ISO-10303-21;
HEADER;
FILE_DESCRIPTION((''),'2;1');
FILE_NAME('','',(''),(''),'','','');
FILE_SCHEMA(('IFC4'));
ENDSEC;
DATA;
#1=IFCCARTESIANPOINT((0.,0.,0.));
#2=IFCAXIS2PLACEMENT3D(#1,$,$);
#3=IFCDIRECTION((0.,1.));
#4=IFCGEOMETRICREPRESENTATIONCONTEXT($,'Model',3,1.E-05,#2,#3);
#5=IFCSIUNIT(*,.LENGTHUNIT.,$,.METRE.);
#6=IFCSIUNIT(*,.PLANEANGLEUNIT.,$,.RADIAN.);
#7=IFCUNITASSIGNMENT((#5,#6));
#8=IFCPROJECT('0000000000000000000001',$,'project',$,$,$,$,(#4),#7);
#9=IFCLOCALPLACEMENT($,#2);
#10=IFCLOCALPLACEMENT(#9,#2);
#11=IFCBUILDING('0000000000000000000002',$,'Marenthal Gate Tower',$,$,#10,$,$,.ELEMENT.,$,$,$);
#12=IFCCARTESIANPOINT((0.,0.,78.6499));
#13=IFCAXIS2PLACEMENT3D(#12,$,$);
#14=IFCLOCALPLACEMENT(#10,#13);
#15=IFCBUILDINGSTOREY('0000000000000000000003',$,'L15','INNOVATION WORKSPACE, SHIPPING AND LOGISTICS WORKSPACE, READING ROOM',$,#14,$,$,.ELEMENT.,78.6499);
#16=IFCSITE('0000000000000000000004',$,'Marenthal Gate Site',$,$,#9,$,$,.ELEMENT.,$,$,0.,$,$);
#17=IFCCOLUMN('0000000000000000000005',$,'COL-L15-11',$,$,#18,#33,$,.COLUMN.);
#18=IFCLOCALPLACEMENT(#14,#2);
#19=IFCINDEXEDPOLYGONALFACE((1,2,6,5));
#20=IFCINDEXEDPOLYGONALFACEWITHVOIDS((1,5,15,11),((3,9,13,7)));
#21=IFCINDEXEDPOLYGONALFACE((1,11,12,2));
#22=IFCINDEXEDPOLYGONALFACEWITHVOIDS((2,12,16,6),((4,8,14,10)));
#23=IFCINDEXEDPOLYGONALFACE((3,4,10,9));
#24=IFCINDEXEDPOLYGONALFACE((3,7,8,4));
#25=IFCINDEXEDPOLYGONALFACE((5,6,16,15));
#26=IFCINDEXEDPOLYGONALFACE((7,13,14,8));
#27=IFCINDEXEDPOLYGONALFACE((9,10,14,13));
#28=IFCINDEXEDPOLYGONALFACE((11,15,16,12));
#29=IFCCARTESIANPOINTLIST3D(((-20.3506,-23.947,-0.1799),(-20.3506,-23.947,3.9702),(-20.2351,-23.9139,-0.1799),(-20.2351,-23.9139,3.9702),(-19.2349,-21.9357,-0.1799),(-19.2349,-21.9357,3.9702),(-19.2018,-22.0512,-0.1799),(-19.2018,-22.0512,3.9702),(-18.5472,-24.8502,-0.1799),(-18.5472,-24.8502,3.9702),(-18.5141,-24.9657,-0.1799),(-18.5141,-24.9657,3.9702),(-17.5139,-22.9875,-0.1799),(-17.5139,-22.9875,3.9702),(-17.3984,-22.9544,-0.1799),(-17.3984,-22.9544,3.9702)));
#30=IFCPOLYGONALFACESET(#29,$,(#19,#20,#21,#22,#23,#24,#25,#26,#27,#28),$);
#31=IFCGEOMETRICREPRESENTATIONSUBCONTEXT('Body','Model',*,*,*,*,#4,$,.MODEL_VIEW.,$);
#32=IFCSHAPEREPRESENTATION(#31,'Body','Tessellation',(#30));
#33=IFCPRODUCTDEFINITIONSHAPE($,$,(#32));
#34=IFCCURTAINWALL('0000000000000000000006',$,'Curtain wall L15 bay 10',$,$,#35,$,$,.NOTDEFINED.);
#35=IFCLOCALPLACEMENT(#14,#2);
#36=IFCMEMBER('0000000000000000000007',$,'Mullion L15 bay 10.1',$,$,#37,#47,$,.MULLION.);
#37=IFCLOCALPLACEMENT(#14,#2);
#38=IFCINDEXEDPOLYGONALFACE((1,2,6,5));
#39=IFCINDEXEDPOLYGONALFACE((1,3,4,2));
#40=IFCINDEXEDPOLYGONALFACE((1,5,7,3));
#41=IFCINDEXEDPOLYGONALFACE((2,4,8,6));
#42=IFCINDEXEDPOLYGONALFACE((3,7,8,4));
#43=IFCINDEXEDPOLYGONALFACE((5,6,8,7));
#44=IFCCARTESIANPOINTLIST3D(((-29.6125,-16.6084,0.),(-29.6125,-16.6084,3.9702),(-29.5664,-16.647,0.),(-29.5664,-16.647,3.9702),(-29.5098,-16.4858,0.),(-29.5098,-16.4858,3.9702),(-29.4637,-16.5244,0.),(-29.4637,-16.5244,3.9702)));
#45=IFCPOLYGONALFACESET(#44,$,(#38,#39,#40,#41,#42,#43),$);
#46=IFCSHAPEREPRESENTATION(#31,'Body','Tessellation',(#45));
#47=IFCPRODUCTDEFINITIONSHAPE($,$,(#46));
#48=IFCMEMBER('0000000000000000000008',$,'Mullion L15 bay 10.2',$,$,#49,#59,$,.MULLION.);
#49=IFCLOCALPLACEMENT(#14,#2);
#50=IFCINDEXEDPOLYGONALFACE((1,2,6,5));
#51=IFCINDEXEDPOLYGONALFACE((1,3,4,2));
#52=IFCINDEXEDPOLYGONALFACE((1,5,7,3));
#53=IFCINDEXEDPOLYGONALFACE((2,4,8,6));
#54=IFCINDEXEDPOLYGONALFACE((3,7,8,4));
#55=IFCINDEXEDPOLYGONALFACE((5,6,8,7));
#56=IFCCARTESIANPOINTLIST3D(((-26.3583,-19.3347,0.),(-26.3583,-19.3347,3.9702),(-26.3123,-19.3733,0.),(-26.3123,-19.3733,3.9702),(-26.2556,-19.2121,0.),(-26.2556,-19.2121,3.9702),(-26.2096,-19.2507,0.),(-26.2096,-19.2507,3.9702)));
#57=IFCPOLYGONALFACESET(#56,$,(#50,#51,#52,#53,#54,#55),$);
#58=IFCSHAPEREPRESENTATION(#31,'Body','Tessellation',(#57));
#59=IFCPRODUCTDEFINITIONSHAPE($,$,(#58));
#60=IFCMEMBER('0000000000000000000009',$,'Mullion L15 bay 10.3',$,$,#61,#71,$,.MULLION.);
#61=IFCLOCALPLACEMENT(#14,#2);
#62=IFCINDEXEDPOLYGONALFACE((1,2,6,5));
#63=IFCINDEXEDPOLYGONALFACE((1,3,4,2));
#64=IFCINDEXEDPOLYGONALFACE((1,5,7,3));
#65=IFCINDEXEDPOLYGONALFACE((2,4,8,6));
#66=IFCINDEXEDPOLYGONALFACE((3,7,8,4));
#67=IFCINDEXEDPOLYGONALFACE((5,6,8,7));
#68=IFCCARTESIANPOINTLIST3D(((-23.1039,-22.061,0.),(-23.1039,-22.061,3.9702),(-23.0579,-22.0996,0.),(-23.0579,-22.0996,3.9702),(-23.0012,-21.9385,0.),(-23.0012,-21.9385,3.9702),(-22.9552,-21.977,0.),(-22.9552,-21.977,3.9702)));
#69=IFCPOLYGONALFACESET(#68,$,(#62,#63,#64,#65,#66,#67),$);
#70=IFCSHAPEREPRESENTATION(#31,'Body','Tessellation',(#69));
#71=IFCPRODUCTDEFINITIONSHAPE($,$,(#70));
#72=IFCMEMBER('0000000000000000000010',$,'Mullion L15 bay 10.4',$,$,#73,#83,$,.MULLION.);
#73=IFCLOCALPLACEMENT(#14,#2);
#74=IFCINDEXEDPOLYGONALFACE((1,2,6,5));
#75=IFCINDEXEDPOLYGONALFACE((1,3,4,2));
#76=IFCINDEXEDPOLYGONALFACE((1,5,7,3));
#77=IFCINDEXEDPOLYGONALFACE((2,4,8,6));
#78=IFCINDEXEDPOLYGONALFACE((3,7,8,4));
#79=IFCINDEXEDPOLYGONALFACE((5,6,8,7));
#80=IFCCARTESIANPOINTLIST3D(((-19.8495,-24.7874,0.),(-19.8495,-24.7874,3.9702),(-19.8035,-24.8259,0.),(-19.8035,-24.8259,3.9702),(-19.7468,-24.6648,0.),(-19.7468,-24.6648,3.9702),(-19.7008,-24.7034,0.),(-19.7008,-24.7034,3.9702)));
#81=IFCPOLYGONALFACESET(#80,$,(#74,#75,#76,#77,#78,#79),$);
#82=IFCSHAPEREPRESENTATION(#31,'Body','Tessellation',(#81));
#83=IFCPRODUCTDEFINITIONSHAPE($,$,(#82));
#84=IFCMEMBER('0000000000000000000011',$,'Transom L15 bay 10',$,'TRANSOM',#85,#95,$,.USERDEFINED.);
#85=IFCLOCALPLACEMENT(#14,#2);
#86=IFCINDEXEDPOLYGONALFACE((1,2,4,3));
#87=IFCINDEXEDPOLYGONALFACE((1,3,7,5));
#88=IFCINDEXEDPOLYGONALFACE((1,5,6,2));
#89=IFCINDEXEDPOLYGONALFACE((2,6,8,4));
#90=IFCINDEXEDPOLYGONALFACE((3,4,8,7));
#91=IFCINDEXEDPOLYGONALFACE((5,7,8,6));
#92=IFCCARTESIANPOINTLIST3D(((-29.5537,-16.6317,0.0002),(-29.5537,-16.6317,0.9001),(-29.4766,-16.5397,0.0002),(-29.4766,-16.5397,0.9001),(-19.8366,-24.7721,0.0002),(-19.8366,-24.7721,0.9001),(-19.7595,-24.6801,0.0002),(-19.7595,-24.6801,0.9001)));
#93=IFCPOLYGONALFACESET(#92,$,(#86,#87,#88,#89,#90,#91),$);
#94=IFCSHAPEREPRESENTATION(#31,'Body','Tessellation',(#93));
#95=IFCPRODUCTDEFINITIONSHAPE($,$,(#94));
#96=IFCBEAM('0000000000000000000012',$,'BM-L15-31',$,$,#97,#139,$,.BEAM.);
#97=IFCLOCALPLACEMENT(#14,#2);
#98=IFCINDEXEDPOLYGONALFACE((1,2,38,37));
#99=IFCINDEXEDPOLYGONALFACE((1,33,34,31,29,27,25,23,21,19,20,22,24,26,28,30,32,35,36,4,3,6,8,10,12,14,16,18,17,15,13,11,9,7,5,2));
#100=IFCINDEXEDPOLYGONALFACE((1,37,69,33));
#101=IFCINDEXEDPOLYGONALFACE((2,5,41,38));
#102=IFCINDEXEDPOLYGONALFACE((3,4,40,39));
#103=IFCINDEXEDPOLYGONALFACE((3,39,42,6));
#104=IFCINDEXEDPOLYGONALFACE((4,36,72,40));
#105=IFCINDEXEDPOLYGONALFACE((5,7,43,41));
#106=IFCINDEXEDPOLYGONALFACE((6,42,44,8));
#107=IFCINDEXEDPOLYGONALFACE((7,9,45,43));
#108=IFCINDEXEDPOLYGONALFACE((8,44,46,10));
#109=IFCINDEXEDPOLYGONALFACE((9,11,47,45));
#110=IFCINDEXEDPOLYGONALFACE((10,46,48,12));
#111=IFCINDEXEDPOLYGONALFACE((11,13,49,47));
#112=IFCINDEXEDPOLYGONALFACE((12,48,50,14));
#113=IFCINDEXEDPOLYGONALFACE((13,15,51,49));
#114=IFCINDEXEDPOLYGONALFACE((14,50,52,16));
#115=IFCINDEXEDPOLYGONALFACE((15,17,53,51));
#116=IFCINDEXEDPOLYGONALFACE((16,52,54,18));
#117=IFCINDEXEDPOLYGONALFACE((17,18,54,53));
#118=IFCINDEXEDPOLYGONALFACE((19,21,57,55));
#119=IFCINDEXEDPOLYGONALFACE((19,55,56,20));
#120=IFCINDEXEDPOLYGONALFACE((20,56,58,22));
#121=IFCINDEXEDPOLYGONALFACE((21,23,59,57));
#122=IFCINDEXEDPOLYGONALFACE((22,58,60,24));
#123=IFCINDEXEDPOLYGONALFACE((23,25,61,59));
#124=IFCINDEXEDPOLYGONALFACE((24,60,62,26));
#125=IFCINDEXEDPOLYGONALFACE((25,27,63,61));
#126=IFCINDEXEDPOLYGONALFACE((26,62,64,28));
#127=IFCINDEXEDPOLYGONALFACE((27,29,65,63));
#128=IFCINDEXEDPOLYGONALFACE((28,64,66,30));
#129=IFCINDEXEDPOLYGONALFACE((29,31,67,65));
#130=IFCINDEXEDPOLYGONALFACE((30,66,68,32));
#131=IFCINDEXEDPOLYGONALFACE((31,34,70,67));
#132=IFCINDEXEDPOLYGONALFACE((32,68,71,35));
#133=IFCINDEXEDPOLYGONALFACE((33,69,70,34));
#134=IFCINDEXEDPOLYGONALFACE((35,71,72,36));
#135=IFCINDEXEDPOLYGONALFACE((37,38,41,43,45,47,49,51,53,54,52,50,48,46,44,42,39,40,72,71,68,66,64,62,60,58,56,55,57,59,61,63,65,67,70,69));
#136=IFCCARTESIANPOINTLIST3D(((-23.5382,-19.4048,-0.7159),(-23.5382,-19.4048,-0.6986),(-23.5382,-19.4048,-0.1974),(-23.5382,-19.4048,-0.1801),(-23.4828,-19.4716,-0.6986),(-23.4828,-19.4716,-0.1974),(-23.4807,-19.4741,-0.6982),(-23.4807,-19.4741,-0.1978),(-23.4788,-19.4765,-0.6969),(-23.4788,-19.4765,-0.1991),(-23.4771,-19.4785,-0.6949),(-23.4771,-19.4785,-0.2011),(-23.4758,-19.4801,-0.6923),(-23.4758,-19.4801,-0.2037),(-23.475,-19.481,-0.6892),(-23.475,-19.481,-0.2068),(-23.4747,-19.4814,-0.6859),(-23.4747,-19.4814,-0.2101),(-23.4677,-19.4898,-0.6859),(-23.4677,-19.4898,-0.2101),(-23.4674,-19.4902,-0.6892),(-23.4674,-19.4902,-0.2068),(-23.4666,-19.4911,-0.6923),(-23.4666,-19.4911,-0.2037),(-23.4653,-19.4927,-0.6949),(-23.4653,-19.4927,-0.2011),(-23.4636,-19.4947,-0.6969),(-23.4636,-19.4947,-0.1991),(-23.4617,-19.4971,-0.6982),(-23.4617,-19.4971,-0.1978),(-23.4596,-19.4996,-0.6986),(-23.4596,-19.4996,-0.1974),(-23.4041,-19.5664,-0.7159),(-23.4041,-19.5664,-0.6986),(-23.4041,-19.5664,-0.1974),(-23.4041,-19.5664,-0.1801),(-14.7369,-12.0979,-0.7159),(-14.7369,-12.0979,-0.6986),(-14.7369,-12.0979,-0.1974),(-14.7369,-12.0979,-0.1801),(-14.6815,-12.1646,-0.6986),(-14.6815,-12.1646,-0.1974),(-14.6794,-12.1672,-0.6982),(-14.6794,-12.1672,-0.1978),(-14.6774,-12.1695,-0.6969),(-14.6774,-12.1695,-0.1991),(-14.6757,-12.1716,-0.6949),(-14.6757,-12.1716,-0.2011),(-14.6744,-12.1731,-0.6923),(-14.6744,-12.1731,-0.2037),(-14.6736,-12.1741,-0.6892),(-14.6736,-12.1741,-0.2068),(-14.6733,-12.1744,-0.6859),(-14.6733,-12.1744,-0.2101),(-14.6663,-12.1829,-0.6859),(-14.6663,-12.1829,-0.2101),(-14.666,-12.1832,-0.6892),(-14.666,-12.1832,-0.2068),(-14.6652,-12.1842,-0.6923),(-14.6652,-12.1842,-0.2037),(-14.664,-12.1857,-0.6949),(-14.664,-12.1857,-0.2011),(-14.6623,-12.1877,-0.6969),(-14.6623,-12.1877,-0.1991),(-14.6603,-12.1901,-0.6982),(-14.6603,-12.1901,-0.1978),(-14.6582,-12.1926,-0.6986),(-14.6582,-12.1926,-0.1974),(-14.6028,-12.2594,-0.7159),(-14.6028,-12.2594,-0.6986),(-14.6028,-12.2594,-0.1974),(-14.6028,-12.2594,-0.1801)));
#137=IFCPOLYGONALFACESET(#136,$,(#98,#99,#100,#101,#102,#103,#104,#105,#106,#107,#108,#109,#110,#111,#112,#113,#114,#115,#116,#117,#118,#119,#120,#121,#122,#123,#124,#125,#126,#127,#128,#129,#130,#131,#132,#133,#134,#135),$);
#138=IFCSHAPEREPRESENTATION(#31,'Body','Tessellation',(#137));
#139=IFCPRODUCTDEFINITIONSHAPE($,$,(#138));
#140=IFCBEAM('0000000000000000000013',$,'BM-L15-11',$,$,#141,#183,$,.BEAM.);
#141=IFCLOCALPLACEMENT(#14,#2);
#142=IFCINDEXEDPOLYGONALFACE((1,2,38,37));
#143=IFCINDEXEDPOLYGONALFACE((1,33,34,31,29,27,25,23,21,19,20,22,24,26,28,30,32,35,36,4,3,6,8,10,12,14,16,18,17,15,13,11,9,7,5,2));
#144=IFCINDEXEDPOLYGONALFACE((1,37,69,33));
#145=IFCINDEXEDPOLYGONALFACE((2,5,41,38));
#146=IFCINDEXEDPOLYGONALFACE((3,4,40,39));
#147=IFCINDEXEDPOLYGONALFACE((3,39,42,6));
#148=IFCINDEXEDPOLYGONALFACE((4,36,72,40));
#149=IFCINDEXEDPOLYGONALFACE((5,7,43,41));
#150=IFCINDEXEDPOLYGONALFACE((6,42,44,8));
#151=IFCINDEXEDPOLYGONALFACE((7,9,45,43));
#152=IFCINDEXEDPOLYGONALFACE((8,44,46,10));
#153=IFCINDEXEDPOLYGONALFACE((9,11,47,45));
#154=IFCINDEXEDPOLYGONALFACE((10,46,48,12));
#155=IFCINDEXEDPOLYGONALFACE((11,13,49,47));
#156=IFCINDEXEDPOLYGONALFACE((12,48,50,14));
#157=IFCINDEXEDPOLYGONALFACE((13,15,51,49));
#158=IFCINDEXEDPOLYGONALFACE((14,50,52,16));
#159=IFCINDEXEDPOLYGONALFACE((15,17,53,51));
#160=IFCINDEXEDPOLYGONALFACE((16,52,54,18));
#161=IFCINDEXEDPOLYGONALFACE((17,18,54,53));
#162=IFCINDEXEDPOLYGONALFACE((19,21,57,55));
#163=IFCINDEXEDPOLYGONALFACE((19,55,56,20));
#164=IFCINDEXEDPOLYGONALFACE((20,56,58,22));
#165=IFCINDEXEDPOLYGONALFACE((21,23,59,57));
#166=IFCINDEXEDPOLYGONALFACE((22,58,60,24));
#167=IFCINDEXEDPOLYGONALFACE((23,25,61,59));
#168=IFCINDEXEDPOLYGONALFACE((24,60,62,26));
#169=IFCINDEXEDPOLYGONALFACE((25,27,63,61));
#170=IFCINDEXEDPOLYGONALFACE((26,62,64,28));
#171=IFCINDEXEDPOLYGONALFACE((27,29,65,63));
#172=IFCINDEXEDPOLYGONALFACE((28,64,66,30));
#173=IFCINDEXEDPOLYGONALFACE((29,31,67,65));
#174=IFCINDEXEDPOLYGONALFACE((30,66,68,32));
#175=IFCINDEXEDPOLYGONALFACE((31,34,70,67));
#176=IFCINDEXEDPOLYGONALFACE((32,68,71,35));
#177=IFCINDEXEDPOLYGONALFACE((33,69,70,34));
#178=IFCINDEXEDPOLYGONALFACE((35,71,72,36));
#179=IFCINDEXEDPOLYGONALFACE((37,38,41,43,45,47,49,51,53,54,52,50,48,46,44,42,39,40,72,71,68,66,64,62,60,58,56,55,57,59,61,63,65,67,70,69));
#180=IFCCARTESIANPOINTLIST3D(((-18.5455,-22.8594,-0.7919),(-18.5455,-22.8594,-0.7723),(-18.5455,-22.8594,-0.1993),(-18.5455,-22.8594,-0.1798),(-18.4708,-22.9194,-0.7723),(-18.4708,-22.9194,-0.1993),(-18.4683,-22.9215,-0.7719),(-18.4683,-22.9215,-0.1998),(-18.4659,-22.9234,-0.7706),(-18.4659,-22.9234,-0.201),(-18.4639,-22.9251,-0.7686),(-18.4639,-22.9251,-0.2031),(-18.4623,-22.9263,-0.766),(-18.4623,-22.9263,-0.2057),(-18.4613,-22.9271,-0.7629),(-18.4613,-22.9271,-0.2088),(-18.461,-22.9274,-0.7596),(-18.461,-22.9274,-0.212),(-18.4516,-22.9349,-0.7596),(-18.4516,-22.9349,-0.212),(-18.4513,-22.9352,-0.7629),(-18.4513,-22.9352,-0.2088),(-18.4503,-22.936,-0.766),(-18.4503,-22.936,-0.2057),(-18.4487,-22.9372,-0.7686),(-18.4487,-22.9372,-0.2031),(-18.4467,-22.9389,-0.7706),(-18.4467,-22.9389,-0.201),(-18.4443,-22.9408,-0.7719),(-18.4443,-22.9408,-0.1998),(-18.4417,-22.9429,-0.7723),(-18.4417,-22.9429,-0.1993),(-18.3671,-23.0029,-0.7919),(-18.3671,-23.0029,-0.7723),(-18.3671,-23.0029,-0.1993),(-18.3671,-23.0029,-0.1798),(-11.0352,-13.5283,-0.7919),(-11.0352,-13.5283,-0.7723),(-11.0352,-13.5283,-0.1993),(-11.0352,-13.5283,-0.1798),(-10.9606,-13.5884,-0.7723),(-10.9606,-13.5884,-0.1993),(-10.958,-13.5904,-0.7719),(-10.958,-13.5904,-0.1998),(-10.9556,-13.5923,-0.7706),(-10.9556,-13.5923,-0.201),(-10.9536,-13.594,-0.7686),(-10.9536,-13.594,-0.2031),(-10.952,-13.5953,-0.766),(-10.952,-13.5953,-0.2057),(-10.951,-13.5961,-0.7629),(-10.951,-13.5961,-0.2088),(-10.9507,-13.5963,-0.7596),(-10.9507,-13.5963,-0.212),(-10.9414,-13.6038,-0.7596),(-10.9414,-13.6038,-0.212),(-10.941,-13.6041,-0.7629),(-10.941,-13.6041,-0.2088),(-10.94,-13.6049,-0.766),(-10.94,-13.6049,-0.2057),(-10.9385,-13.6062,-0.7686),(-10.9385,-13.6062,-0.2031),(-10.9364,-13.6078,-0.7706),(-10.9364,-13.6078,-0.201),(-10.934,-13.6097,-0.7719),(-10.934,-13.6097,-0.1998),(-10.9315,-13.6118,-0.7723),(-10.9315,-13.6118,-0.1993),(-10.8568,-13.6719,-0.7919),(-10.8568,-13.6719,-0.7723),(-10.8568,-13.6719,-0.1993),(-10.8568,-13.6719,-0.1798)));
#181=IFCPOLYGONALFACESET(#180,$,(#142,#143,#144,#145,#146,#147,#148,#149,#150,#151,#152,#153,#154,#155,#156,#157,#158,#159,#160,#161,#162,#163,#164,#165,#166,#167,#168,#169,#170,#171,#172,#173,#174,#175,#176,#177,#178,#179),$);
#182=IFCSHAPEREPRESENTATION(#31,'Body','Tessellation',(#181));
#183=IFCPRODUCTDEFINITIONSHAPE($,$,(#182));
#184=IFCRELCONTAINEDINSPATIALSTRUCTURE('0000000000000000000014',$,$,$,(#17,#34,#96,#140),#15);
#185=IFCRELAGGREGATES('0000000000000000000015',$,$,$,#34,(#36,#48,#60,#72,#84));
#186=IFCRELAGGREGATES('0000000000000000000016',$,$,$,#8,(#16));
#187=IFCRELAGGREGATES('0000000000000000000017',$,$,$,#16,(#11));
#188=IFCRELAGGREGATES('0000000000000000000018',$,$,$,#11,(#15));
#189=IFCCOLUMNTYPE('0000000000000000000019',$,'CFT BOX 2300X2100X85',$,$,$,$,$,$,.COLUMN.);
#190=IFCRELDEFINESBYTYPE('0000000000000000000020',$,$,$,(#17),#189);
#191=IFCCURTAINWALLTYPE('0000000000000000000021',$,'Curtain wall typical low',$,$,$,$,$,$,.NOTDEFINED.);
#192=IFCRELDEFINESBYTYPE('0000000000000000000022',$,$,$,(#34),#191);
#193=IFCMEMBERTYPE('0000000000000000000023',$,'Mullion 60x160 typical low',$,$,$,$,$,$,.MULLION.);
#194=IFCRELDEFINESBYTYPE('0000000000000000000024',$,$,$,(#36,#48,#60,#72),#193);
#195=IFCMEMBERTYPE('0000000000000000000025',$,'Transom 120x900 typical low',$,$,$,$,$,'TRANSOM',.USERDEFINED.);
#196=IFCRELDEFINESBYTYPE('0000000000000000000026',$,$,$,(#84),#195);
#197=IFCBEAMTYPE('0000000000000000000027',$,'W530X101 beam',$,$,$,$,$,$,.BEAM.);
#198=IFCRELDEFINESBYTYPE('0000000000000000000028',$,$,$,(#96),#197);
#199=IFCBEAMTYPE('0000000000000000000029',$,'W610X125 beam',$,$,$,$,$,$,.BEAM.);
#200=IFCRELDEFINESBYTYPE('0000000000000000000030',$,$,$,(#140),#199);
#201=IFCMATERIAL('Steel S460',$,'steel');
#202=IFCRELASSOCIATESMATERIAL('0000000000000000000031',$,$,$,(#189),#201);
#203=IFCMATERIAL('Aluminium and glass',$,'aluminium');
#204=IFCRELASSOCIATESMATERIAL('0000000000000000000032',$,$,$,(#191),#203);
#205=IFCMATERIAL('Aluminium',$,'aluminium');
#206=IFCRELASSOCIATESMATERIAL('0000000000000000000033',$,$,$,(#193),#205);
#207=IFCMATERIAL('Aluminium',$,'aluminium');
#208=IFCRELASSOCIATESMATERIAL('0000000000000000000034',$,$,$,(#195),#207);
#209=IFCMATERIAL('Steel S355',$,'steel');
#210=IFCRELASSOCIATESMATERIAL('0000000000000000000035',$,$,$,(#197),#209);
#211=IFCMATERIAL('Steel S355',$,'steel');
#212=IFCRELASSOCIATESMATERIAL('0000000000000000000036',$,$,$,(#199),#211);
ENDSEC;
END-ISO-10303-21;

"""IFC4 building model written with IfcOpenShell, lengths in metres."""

from ifc_helpers import new_model, si_unit, direction, frame, origin, origin_2d, place, context, subcontext, project, spatial, rectangle, hollow_rectangle, i_section, extrude, material, material_profile, profile_set, type_object, element, aggregate, save


model = new_model("IFC4")

# Units and contexts
model_context = context("Model", 3, precision=1e-05, world=origin(), true_north=direction((0.0, 1.0)))
body_context = subcontext(model_context, "Body", "Model", "MODEL_VIEW")
ifc_project = project(units=[si_unit("LENGTHUNIT", "METRE"), si_unit("PLANEANGLEUNIT", "RADIAN")], contexts=[model_context])

# Site, building, storey
site_placement = place(None, origin())
site = spatial("IfcSite", under=ifc_project, at=site_placement, Name="Marenthal Gate Site", CompositionType="ELEMENT", RefElevation=0.0)
building_placement = place(site_placement, origin())
building = spatial("IfcBuilding", under=site, at=building_placement, Name="Marenthal Gate Tower", CompositionType="ELEMENT")
storey_placement = place(building_placement, frame((0.0, 0.0, 78.6499)))
storey = spatial("IfcBuildingStorey", under=building, at=storey_placement, Name="L15", Description="INNOVATION WORKSPACE, SHIPPING AND LOGISTICS WORKSPACE, READING ROOM", CompositionType="ELEMENT", Elevation=78.6499)

# Column
ifc_material_1 = material(Name="Steel S460", Category="steel")
ifc_material_profile_1 = material_profile(ifc_material_1, hollow_rectangle(XDim=2.1001, YDim=2.3, WallThickness=0.085, at=origin_2d()), Name="CFT BOX 2300X2100X85")
ifc_material_2 = material(Name="Concrete 70 MPa", Category="concrete")
ifc_material_profile_2 = material_profile(ifc_material_2, rectangle(XDim=1.9299, YDim=2.1299, at=origin_2d()), Name="CFT BOX 2300X2100X85 INFILL")
ifc_profile_set_1 = profile_set([ifc_material_profile_1, ifc_material_profile_2], Name="Steel S460 shell, Concrete 70 MPa infill")
column_type = type_object("IfcColumnType", Name="CFT BOX 2300X2100X85", PredefinedType="COLUMN", material=ifc_profile_set_1)
column_placement = place(storey_placement, frame((-18.8745, -23.4507, -0.1799), z_axis=(0.0, 0.0, 1.0), x_axis=(-0.874469, 0.485081, 0.0)))
element("IfcColumn", 1, at=column_placement, inside=storey, type_object=column_type, Name="COL-L15-11", PredefinedType="COLUMN", context=body_context, shape_type="SweptSolid", body=[
    extrude(hollow_rectangle(XDim=2.1001, YDim=2.3, WallThickness=0.085, at=origin_2d()), origin(), (0.0, 0.0, 1.0), 4.1501),
])

# Curtain wall, members
ifc_material_3 = material(Name="Aluminium and glass", Category="aluminium")
curtain_wall_type = type_object("IfcCurtainWallType", Name="Curtain wall typical low", PredefinedType="NOTDEFINED", material=ifc_material_3)
curtain_wall_placement = place(storey_placement, origin())
curtain_wall = element("IfcCurtainWall", 2, at=curtain_wall_placement, inside=storey, type_object=curtain_wall_type, Name="Curtain wall L15 bay 10", PredefinedType="NOTDEFINED")
ifc_material_4 = material(Name="Aluminium", Category="aluminium")
ifc_material_profile_3 = material_profile(ifc_material_4, rectangle(XDim=0.1599, YDim=0.0601, at=origin_2d()), Name="60x160 aluminium mullion")
ifc_profile_set_2 = profile_set([ifc_material_profile_3], Name="Aluminium")
member_type_1 = type_object("IfcMemberType", Name="Mullion 60x160 typical low", PredefinedType="MULLION", material=ifc_profile_set_2)
member_1_placement = place(storey_placement, frame((-29.5381, -16.5664, 0.0), z_axis=(0.0, 0.0, 1.0), x_axis=(0.642176, 0.766557, 0.0)))
member_1 = element("IfcMember", 3, at=member_1_placement, type_object=member_type_1, Name="Mullion L15 bay 10.1", PredefinedType="MULLION", context=body_context, shape_type="SweptSolid", body=[
    extrude(rectangle(XDim=0.1599, YDim=0.0601, at=origin_2d()), origin(), (0.0, 0.0, 1.0), 3.9702),
])
member_2_placement = place(storey_placement, frame((-26.2839, -19.2927, 0.0), z_axis=(0.0, 0.0, 1.0), x_axis=(0.642176, 0.766557, 0.0)))
member_2 = element("IfcMember", 4, at=member_2_placement, type_object=member_type_1, Name="Mullion L15 bay 10.2", PredefinedType="MULLION", context=body_context, shape_type="SweptSolid", body=[
    extrude(rectangle(XDim=0.1599, YDim=0.0601, at=origin_2d()), origin(), (0.0, 0.0, 1.0), 3.9702),
])
member_3_placement = place(storey_placement, frame((-23.0295, -22.019, 0.0), z_axis=(0.0, 0.0, 1.0), x_axis=(0.642176, 0.766557, 0.0)))
member_3 = element("IfcMember", 5, at=member_3_placement, type_object=member_type_1, Name="Mullion L15 bay 10.3", PredefinedType="MULLION", context=body_context, shape_type="SweptSolid", body=[
    extrude(rectangle(XDim=0.1599, YDim=0.0601, at=origin_2d()), origin(), (0.0, 0.0, 1.0), 3.9702),
])
member_4_placement = place(storey_placement, frame((-19.7751, -24.7454, 0.0), z_axis=(0.0, 0.0, 1.0), x_axis=(0.642176, 0.766557, 0.0)))
member_4 = element("IfcMember", 6, at=member_4_placement, type_object=member_type_1, Name="Mullion L15 bay 10.4", PredefinedType="MULLION", context=body_context, shape_type="SweptSolid", body=[
    extrude(rectangle(XDim=0.1599, YDim=0.0601, at=origin_2d()), origin(), (0.0, 0.0, 1.0), 3.9702),
])
ifc_material_5 = material(Name="Aluminium", Category="aluminium")
ifc_material_profile_4 = material_profile(ifc_material_5, rectangle(XDim=0.1201, YDim=0.8999, at=origin_2d()), Name="120x900 aluminium transom")
ifc_profile_set_3 = profile_set([ifc_material_profile_4], Name="Aluminium")
member_type_2 = type_object("IfcMemberType", Name="Transom 120x900 typical low", ElementType="TRANSOM", PredefinedType="USERDEFINED", material=ifc_profile_set_3)
member_5_placement = place(storey_placement, frame((-29.5151, -16.5857, 0.4502), z_axis=(0.766556, -0.642177, 0.0), x_axis=(0.642177, 0.766556, 0.0)))
member_5 = element("IfcMember", 7, at=member_5_placement, type_object=member_type_2, Name="Transom L15 bay 10", ObjectType="TRANSOM", PredefinedType="USERDEFINED", context=body_context, shape_type="SweptSolid", body=[
    extrude(rectangle(XDim=0.1201, YDim=0.8999, at=origin_2d()), origin(), (0.0, 0.0, 1.0), 12.6763),
])

# Beams
ifc_material_6 = material(Name="Steel S355", Category="steel")
ifc_material_profile_5 = material_profile(ifc_material_6, i_section(OverallWidth=0.21, OverallDepth=0.5359, WebThickness=0.011, FlangeThickness=0.0173, FilletRadius=0.0127, at=origin_2d()), Name="W530X101")
ifc_profile_set_4 = profile_set([ifc_material_profile_5], Name="Steel S355")
beam_type_1 = type_object("IfcBeamType", Name="W530X101 beam", PredefinedType="BEAM", material=ifc_profile_set_4)
beam_1_placement = place(storey_placement, frame((-23.4712, -19.4856, -0.448), z_axis=(0.769403, 0.638764, 0.0), x_axis=(-0.638764, 0.769403, 0.0)))
element("IfcBeam", 8, at=beam_1_placement, inside=storey, type_object=beam_type_1, Name="BM-L15-31", PredefinedType="BEAM", context=body_context, shape_type="SweptSolid", body=[
    extrude(i_section(OverallWidth=0.21, OverallDepth=0.5359, WebThickness=0.011, FlangeThickness=0.0173, FilletRadius=0.0127, at=origin_2d()), origin(), (0.0, 0.0, 1.0), 11.4392),
])
ifc_material_7 = material(Name="Steel S355", Category="steel")
ifc_material_profile_6 = material_profile(ifc_material_7, i_section(OverallWidth=0.229, OverallDepth=0.6121, WebThickness=0.012, FlangeThickness=0.0195, FilletRadius=0.0127, at=origin_2d()), Name="W610X125")
ifc_profile_set_5 = profile_set([ifc_material_profile_6], Name="Steel S355")
beam_type_2 = type_object("IfcBeamType", Name="W610X125 beam", PredefinedType="BEAM", material=ifc_profile_set_5)
beam_2_placement = place(storey_placement, frame((-18.4563, -22.9312, -0.4858), z_axis=(0.627004, 0.779016, 0.0), x_axis=(-0.779016, 0.627004, 0.0)))
element("IfcBeam", 9, at=beam_2_placement, inside=storey, type_object=beam_type_2, Name="BM-L15-11", PredefinedType="BEAM", context=body_context, shape_type="SweptSolid", body=[
    extrude(i_section(OverallWidth=0.229, OverallDepth=0.6121, WebThickness=0.012, FlangeThickness=0.0195, FilletRadius=0.0127, at=origin_2d()), origin(), (0.0, 0.0, 1.0), 11.978),
])

aggregate(curtain_wall, [member_1, member_2, member_3, member_4, member_5])

save(model, "model.ifc")
